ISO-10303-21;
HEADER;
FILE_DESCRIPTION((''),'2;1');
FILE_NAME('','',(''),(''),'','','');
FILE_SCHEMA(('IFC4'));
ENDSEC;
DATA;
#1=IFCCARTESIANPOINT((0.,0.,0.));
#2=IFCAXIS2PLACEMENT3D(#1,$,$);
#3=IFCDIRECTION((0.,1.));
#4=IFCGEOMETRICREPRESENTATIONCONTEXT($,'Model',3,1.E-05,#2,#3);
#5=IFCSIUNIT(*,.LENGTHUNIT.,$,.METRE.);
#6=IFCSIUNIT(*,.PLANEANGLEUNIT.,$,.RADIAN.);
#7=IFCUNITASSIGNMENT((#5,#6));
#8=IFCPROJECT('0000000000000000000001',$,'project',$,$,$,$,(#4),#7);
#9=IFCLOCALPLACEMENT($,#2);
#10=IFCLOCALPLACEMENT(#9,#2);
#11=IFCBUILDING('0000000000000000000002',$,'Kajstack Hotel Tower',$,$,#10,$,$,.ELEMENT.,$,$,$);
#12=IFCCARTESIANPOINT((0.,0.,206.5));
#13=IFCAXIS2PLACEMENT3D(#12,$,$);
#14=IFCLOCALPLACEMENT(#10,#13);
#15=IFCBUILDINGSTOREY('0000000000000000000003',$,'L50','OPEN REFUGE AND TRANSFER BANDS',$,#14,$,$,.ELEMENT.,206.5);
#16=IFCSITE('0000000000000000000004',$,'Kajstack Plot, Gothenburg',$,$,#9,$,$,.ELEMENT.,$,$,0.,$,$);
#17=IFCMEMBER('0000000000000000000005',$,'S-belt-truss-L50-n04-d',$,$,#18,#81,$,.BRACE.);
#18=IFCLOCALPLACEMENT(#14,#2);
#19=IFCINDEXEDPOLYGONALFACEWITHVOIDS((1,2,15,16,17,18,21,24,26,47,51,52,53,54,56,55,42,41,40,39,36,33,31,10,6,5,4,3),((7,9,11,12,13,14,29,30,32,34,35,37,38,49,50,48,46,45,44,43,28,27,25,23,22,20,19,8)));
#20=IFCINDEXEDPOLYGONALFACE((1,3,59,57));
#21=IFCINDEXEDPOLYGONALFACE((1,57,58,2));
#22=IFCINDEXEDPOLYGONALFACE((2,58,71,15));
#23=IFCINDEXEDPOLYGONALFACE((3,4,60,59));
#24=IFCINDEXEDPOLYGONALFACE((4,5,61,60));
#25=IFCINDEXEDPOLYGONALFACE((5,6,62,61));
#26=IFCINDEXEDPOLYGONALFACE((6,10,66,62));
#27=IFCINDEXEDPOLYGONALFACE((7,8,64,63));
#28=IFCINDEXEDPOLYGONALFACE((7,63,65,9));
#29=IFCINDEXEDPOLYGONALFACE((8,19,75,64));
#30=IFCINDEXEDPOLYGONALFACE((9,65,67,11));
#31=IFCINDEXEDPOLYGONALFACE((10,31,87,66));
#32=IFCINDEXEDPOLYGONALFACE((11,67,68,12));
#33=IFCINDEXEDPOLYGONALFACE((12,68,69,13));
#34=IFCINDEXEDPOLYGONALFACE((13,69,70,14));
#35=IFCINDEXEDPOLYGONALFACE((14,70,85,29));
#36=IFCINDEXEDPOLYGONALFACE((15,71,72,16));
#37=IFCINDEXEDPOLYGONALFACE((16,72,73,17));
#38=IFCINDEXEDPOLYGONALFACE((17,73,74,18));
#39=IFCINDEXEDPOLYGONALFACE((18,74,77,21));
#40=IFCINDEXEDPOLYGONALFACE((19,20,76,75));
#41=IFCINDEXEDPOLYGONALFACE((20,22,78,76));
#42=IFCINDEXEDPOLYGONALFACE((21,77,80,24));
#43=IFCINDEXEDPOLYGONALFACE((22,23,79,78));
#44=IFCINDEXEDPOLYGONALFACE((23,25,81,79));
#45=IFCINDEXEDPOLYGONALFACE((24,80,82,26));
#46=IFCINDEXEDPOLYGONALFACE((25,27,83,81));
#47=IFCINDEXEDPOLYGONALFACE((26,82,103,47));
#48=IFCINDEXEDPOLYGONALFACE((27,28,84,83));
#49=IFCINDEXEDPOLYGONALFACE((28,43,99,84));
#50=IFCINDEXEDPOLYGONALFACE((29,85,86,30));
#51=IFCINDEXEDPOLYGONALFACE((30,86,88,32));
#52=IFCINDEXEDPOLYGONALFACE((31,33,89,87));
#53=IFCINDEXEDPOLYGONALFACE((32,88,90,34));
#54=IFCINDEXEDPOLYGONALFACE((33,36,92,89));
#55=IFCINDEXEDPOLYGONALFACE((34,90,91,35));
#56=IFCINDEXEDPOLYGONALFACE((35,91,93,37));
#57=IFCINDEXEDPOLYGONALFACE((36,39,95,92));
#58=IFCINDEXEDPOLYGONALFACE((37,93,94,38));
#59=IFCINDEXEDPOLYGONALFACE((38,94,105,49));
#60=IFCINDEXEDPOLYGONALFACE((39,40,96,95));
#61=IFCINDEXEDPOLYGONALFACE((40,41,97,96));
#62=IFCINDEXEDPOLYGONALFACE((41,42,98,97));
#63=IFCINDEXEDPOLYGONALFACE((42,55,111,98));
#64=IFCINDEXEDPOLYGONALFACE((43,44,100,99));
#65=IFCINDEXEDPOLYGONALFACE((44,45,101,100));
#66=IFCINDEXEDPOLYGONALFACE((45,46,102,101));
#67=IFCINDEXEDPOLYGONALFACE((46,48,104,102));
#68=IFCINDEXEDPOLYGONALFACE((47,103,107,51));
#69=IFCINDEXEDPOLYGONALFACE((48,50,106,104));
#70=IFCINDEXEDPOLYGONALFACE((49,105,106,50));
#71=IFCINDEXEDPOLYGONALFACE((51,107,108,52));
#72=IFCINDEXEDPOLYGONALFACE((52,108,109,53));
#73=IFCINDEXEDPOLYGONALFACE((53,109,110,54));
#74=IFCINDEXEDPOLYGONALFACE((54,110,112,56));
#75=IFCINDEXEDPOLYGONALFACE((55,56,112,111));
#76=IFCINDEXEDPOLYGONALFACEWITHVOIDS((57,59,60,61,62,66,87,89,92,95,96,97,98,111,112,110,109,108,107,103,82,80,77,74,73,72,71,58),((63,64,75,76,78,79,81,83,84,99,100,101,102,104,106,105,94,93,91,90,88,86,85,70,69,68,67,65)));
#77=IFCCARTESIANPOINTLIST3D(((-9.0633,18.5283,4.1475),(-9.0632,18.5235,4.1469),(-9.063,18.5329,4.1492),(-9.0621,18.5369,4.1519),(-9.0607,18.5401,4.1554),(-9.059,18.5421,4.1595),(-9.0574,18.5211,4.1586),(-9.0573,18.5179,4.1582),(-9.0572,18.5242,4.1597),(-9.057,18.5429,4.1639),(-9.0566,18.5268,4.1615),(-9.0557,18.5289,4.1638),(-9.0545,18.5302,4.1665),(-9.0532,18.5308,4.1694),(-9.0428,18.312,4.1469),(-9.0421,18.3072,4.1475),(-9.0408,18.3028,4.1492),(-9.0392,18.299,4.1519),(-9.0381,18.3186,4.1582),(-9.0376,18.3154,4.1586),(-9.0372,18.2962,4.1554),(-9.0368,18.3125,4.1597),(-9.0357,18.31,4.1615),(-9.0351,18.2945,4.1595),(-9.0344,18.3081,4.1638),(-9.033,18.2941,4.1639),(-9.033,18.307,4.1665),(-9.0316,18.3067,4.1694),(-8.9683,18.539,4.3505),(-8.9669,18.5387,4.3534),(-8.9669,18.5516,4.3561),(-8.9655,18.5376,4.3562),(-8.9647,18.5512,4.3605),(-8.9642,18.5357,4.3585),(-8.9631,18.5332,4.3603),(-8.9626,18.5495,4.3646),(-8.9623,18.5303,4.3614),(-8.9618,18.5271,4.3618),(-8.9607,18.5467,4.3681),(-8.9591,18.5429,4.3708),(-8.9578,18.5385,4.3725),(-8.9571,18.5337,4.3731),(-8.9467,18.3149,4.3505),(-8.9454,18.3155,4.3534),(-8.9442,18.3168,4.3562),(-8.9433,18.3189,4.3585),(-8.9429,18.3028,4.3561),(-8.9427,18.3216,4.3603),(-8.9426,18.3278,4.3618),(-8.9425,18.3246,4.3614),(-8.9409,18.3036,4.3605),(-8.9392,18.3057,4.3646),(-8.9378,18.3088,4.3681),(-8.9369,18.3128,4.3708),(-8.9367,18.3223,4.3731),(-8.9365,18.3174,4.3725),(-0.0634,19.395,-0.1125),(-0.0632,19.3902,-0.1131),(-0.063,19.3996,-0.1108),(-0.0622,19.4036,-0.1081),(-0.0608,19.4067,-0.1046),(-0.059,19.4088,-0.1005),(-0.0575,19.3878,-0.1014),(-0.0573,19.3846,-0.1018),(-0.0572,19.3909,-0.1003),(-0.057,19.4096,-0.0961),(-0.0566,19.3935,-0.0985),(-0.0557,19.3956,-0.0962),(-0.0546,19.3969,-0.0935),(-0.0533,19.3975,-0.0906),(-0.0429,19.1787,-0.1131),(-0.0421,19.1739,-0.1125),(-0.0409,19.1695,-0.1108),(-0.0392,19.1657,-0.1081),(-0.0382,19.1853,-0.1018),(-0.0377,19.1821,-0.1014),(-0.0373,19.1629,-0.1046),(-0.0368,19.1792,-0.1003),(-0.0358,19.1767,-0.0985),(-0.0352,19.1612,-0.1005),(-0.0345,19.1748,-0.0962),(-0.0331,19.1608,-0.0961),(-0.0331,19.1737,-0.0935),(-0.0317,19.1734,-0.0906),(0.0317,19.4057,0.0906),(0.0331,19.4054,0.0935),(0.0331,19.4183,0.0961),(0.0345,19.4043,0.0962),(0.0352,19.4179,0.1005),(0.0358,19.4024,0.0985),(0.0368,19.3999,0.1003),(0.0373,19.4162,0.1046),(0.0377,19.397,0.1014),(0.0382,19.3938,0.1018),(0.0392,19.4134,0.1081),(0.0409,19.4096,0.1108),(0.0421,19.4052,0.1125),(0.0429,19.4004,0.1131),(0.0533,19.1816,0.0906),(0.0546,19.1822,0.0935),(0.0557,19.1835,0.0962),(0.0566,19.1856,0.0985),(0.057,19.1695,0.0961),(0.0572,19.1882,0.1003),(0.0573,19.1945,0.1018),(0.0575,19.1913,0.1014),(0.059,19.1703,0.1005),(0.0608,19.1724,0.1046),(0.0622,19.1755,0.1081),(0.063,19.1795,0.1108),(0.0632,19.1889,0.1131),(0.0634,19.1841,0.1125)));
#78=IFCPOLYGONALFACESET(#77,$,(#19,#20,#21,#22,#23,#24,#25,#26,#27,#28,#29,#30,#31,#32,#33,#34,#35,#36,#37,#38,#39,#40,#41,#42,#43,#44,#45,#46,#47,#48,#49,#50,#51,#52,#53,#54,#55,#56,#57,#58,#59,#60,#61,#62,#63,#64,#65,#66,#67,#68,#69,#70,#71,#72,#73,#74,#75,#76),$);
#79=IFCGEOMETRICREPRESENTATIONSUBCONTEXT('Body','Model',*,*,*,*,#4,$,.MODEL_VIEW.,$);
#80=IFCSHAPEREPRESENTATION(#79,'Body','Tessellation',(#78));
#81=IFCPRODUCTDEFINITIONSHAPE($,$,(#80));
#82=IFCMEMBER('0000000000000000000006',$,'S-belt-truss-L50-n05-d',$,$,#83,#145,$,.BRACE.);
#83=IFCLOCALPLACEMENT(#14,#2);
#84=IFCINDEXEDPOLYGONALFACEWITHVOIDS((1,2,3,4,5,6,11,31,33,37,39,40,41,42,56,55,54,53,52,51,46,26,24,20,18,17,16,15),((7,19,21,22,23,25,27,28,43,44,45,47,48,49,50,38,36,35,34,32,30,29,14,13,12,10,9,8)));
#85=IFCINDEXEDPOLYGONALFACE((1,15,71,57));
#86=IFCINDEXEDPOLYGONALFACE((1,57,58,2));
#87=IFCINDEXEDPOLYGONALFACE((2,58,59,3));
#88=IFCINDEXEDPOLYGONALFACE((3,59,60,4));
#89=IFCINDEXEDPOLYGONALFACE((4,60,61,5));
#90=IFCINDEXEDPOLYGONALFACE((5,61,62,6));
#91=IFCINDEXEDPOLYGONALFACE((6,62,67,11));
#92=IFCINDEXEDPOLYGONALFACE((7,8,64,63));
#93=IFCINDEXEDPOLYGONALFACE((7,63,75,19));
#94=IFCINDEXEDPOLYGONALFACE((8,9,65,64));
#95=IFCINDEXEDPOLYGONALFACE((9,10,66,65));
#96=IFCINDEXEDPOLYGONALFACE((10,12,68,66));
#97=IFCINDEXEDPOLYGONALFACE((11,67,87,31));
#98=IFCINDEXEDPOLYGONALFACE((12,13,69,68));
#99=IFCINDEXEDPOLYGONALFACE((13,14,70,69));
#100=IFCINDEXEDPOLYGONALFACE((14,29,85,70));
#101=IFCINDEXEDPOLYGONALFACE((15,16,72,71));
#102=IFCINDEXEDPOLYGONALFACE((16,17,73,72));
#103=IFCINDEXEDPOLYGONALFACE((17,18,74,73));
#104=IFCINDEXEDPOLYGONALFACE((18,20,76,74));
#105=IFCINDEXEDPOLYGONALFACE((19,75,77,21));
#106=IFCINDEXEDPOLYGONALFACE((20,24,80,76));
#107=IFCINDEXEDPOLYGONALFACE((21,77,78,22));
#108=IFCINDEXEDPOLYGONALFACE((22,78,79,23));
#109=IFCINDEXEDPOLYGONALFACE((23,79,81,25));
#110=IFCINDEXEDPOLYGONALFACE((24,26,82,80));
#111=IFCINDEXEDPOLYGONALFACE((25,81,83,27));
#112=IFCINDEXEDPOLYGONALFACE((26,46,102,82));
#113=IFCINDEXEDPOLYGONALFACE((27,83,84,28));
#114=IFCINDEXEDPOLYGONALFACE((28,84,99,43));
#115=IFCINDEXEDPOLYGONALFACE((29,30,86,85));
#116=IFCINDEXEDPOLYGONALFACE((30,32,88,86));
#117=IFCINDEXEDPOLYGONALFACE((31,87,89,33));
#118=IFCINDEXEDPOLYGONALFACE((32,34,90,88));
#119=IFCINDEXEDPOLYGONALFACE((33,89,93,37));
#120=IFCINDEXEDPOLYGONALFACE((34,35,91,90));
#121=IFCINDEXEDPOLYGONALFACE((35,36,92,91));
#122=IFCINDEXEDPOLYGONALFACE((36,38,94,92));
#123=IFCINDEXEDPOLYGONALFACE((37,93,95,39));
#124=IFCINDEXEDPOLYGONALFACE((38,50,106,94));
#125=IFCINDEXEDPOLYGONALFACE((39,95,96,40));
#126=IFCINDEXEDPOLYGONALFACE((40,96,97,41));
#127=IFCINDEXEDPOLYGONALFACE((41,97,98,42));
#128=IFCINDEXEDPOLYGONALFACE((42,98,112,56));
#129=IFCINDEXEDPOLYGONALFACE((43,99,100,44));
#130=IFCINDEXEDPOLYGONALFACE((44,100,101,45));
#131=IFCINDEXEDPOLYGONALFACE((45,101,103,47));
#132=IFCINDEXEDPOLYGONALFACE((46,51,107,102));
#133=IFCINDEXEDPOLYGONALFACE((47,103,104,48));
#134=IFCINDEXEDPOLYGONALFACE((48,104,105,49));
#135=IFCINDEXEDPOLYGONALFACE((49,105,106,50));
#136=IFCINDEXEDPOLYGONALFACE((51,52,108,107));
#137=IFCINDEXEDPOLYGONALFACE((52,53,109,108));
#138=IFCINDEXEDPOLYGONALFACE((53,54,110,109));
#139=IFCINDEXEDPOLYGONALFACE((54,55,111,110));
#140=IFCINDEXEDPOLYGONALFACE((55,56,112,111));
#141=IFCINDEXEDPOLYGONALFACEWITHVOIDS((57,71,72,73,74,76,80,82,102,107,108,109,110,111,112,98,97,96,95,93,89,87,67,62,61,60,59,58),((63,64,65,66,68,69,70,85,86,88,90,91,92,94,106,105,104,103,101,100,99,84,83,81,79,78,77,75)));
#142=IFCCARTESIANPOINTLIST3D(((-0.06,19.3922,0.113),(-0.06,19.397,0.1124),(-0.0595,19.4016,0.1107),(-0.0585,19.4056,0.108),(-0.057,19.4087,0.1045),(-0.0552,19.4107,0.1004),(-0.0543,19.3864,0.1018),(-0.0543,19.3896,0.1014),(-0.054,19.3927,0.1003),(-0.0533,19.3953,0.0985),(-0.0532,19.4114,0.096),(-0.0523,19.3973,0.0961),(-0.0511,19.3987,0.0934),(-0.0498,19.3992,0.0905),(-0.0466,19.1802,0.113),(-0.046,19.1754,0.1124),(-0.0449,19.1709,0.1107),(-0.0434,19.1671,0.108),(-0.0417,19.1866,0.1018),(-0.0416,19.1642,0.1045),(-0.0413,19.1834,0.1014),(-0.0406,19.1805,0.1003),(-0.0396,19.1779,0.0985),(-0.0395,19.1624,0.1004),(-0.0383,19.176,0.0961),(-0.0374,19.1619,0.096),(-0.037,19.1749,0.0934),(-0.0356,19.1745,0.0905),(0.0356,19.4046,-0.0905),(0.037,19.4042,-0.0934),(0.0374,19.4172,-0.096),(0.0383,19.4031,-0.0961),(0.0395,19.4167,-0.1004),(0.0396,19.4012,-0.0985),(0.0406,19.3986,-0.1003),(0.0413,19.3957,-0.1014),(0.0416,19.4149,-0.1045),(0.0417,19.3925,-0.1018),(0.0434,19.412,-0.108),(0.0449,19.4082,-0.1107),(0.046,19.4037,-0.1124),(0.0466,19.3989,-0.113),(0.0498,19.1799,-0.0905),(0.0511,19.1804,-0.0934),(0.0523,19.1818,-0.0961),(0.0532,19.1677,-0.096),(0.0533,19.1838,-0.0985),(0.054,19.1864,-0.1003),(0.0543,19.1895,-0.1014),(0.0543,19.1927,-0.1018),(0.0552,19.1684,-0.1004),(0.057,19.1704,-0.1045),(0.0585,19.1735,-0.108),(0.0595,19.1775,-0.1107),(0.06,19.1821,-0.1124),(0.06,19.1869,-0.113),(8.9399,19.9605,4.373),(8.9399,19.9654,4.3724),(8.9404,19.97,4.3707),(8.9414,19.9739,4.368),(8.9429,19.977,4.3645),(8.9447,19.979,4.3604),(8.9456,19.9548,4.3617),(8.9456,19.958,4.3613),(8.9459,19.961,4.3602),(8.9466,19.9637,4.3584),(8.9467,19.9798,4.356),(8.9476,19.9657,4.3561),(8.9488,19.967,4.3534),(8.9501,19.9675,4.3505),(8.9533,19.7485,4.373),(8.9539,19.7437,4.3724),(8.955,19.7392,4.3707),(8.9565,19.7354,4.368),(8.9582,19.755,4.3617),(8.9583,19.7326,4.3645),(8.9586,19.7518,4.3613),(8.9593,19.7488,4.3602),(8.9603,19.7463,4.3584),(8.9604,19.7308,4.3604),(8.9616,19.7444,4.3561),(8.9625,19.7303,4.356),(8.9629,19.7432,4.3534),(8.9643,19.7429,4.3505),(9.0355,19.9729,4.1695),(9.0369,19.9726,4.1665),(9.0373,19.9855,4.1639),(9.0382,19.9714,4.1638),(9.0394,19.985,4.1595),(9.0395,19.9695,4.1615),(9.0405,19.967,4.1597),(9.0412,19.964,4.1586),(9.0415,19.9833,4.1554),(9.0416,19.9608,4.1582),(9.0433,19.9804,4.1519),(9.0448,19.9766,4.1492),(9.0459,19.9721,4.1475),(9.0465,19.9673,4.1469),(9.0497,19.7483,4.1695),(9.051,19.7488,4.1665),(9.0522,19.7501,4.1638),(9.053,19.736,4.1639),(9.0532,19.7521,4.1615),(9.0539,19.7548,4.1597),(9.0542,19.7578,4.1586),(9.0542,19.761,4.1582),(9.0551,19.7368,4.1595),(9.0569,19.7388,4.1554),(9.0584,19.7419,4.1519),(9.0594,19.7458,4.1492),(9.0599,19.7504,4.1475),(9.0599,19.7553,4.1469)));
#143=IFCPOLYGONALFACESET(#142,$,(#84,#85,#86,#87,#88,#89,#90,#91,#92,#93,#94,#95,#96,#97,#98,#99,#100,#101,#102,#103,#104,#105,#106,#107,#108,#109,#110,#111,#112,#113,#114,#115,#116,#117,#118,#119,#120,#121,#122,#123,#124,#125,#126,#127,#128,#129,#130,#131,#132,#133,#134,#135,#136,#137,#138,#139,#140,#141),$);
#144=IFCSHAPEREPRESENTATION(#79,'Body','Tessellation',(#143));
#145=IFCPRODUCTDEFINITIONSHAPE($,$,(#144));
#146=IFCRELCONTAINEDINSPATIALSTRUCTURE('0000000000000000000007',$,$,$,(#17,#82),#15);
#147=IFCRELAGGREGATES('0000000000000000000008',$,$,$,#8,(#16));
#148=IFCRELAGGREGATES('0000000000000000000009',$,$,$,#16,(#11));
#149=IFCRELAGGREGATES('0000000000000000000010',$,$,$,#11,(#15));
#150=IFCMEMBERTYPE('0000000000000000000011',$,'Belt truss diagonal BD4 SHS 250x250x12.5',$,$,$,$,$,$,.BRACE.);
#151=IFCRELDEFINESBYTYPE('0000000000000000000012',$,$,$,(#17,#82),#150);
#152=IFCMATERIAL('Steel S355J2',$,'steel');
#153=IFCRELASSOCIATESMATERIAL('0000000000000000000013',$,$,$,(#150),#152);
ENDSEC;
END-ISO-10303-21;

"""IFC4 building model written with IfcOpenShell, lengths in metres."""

from ifc_helpers import new_model, si_unit, direction, frame, origin, origin_2d, place, context, subcontext, project, spatial, hollow_rectangle, extrude, material, material_profile, profile_set, type_object, element, save


model = new_model("IFC4")

# Units and contexts
model_context = context("Model", 3, precision=1e-05, world=origin(), true_north=direction((0.0, 1.0)))
body_context = subcontext(model_context, "Body", "Model", "MODEL_VIEW")
ifc_project = project(units=[si_unit("LENGTHUNIT", "METRE"), si_unit("PLANEANGLEUNIT", "RADIAN")], contexts=[model_context])

# Site, building, storey
site_placement = place(None, origin())
site = spatial("IfcSite", under=ifc_project, at=site_placement, Name="Kajstack Plot, Gothenburg", CompositionType="ELEMENT", RefElevation=0.0)
building_placement = place(site_placement, origin())
building = spatial("IfcBuilding", under=site, at=building_placement, Name="Kajstack Hotel Tower", CompositionType="ELEMENT")
storey_placement = place(building_placement, frame((0.0, 0.0, 206.5)))
storey = spatial("IfcBuildingStorey", under=building, at=storey_placement, Name="L50", Description="OPEN REFUGE AND TRANSFER BANDS", CompositionType="ELEMENT", Elevation=206.5)

# Members
ifc_material = material(Name="Steel S355J2", Category="steel")
ifc_material_profile_1 = material_profile(ifc_material, hollow_rectangle(XDim=0.25, YDim=0.25, WallThickness=0.0125, InnerFilletRadius=0.0125, OuterFilletRadius=0.0188, at=origin_2d()), Name="SHS 250x250x12.5")
ifc_profile_set_1 = profile_set([ifc_material_profile_1], Name="Steel S355J2")
member_type_1 = type_object("IfcMemberType", Name="Belt truss diagonal BD4 SHS 250x250x12.5", PredefinedType="BRACE", material=ifc_profile_set_1)
member_1_placement = place(storey_placement, frame((0.0, 19.2896, 0.0), z_axis=(-0.900456, -0.086714, 0.426217), x_axis=(0.095856, -0.995395, 0.0)))
element("IfcMember", 1, at=member_1_placement, inside=storey, type_object=member_type_1, Name="S-belt-truss-L50-n04-d", PredefinedType="BRACE", context=body_context, shape_type="SweptSolid", body=[
    extrude(hollow_rectangle(XDim=0.25, YDim=0.25, WallThickness=0.0125, InnerFilletRadius=0.0125, OuterFilletRadius=0.0188, at=origin_2d()), origin(), (0.0, 0.0, 1.0), 9.9949),
])
member_2_placement = place(storey_placement, frame((0.0, 19.2896, 0.0), z_axis=(0.902391, 0.056987, 0.427133), x_axis=(-0.063025, 0.998012, 0.0)))
element("IfcMember", 2, at=member_2_placement, inside=storey, type_object=member_type_1, Name="S-belt-truss-L50-n05-d", PredefinedType="BRACE", context=body_context, shape_type="SweptSolid", body=[
    extrude(hollow_rectangle(XDim=0.25, YDim=0.25, WallThickness=0.0125, InnerFilletRadius=0.0125, OuterFilletRadius=0.0188, at=origin_2d()), origin(), (0.0, 0.0, 1.0), 9.9734),
])

save(model, "model.ifc")
